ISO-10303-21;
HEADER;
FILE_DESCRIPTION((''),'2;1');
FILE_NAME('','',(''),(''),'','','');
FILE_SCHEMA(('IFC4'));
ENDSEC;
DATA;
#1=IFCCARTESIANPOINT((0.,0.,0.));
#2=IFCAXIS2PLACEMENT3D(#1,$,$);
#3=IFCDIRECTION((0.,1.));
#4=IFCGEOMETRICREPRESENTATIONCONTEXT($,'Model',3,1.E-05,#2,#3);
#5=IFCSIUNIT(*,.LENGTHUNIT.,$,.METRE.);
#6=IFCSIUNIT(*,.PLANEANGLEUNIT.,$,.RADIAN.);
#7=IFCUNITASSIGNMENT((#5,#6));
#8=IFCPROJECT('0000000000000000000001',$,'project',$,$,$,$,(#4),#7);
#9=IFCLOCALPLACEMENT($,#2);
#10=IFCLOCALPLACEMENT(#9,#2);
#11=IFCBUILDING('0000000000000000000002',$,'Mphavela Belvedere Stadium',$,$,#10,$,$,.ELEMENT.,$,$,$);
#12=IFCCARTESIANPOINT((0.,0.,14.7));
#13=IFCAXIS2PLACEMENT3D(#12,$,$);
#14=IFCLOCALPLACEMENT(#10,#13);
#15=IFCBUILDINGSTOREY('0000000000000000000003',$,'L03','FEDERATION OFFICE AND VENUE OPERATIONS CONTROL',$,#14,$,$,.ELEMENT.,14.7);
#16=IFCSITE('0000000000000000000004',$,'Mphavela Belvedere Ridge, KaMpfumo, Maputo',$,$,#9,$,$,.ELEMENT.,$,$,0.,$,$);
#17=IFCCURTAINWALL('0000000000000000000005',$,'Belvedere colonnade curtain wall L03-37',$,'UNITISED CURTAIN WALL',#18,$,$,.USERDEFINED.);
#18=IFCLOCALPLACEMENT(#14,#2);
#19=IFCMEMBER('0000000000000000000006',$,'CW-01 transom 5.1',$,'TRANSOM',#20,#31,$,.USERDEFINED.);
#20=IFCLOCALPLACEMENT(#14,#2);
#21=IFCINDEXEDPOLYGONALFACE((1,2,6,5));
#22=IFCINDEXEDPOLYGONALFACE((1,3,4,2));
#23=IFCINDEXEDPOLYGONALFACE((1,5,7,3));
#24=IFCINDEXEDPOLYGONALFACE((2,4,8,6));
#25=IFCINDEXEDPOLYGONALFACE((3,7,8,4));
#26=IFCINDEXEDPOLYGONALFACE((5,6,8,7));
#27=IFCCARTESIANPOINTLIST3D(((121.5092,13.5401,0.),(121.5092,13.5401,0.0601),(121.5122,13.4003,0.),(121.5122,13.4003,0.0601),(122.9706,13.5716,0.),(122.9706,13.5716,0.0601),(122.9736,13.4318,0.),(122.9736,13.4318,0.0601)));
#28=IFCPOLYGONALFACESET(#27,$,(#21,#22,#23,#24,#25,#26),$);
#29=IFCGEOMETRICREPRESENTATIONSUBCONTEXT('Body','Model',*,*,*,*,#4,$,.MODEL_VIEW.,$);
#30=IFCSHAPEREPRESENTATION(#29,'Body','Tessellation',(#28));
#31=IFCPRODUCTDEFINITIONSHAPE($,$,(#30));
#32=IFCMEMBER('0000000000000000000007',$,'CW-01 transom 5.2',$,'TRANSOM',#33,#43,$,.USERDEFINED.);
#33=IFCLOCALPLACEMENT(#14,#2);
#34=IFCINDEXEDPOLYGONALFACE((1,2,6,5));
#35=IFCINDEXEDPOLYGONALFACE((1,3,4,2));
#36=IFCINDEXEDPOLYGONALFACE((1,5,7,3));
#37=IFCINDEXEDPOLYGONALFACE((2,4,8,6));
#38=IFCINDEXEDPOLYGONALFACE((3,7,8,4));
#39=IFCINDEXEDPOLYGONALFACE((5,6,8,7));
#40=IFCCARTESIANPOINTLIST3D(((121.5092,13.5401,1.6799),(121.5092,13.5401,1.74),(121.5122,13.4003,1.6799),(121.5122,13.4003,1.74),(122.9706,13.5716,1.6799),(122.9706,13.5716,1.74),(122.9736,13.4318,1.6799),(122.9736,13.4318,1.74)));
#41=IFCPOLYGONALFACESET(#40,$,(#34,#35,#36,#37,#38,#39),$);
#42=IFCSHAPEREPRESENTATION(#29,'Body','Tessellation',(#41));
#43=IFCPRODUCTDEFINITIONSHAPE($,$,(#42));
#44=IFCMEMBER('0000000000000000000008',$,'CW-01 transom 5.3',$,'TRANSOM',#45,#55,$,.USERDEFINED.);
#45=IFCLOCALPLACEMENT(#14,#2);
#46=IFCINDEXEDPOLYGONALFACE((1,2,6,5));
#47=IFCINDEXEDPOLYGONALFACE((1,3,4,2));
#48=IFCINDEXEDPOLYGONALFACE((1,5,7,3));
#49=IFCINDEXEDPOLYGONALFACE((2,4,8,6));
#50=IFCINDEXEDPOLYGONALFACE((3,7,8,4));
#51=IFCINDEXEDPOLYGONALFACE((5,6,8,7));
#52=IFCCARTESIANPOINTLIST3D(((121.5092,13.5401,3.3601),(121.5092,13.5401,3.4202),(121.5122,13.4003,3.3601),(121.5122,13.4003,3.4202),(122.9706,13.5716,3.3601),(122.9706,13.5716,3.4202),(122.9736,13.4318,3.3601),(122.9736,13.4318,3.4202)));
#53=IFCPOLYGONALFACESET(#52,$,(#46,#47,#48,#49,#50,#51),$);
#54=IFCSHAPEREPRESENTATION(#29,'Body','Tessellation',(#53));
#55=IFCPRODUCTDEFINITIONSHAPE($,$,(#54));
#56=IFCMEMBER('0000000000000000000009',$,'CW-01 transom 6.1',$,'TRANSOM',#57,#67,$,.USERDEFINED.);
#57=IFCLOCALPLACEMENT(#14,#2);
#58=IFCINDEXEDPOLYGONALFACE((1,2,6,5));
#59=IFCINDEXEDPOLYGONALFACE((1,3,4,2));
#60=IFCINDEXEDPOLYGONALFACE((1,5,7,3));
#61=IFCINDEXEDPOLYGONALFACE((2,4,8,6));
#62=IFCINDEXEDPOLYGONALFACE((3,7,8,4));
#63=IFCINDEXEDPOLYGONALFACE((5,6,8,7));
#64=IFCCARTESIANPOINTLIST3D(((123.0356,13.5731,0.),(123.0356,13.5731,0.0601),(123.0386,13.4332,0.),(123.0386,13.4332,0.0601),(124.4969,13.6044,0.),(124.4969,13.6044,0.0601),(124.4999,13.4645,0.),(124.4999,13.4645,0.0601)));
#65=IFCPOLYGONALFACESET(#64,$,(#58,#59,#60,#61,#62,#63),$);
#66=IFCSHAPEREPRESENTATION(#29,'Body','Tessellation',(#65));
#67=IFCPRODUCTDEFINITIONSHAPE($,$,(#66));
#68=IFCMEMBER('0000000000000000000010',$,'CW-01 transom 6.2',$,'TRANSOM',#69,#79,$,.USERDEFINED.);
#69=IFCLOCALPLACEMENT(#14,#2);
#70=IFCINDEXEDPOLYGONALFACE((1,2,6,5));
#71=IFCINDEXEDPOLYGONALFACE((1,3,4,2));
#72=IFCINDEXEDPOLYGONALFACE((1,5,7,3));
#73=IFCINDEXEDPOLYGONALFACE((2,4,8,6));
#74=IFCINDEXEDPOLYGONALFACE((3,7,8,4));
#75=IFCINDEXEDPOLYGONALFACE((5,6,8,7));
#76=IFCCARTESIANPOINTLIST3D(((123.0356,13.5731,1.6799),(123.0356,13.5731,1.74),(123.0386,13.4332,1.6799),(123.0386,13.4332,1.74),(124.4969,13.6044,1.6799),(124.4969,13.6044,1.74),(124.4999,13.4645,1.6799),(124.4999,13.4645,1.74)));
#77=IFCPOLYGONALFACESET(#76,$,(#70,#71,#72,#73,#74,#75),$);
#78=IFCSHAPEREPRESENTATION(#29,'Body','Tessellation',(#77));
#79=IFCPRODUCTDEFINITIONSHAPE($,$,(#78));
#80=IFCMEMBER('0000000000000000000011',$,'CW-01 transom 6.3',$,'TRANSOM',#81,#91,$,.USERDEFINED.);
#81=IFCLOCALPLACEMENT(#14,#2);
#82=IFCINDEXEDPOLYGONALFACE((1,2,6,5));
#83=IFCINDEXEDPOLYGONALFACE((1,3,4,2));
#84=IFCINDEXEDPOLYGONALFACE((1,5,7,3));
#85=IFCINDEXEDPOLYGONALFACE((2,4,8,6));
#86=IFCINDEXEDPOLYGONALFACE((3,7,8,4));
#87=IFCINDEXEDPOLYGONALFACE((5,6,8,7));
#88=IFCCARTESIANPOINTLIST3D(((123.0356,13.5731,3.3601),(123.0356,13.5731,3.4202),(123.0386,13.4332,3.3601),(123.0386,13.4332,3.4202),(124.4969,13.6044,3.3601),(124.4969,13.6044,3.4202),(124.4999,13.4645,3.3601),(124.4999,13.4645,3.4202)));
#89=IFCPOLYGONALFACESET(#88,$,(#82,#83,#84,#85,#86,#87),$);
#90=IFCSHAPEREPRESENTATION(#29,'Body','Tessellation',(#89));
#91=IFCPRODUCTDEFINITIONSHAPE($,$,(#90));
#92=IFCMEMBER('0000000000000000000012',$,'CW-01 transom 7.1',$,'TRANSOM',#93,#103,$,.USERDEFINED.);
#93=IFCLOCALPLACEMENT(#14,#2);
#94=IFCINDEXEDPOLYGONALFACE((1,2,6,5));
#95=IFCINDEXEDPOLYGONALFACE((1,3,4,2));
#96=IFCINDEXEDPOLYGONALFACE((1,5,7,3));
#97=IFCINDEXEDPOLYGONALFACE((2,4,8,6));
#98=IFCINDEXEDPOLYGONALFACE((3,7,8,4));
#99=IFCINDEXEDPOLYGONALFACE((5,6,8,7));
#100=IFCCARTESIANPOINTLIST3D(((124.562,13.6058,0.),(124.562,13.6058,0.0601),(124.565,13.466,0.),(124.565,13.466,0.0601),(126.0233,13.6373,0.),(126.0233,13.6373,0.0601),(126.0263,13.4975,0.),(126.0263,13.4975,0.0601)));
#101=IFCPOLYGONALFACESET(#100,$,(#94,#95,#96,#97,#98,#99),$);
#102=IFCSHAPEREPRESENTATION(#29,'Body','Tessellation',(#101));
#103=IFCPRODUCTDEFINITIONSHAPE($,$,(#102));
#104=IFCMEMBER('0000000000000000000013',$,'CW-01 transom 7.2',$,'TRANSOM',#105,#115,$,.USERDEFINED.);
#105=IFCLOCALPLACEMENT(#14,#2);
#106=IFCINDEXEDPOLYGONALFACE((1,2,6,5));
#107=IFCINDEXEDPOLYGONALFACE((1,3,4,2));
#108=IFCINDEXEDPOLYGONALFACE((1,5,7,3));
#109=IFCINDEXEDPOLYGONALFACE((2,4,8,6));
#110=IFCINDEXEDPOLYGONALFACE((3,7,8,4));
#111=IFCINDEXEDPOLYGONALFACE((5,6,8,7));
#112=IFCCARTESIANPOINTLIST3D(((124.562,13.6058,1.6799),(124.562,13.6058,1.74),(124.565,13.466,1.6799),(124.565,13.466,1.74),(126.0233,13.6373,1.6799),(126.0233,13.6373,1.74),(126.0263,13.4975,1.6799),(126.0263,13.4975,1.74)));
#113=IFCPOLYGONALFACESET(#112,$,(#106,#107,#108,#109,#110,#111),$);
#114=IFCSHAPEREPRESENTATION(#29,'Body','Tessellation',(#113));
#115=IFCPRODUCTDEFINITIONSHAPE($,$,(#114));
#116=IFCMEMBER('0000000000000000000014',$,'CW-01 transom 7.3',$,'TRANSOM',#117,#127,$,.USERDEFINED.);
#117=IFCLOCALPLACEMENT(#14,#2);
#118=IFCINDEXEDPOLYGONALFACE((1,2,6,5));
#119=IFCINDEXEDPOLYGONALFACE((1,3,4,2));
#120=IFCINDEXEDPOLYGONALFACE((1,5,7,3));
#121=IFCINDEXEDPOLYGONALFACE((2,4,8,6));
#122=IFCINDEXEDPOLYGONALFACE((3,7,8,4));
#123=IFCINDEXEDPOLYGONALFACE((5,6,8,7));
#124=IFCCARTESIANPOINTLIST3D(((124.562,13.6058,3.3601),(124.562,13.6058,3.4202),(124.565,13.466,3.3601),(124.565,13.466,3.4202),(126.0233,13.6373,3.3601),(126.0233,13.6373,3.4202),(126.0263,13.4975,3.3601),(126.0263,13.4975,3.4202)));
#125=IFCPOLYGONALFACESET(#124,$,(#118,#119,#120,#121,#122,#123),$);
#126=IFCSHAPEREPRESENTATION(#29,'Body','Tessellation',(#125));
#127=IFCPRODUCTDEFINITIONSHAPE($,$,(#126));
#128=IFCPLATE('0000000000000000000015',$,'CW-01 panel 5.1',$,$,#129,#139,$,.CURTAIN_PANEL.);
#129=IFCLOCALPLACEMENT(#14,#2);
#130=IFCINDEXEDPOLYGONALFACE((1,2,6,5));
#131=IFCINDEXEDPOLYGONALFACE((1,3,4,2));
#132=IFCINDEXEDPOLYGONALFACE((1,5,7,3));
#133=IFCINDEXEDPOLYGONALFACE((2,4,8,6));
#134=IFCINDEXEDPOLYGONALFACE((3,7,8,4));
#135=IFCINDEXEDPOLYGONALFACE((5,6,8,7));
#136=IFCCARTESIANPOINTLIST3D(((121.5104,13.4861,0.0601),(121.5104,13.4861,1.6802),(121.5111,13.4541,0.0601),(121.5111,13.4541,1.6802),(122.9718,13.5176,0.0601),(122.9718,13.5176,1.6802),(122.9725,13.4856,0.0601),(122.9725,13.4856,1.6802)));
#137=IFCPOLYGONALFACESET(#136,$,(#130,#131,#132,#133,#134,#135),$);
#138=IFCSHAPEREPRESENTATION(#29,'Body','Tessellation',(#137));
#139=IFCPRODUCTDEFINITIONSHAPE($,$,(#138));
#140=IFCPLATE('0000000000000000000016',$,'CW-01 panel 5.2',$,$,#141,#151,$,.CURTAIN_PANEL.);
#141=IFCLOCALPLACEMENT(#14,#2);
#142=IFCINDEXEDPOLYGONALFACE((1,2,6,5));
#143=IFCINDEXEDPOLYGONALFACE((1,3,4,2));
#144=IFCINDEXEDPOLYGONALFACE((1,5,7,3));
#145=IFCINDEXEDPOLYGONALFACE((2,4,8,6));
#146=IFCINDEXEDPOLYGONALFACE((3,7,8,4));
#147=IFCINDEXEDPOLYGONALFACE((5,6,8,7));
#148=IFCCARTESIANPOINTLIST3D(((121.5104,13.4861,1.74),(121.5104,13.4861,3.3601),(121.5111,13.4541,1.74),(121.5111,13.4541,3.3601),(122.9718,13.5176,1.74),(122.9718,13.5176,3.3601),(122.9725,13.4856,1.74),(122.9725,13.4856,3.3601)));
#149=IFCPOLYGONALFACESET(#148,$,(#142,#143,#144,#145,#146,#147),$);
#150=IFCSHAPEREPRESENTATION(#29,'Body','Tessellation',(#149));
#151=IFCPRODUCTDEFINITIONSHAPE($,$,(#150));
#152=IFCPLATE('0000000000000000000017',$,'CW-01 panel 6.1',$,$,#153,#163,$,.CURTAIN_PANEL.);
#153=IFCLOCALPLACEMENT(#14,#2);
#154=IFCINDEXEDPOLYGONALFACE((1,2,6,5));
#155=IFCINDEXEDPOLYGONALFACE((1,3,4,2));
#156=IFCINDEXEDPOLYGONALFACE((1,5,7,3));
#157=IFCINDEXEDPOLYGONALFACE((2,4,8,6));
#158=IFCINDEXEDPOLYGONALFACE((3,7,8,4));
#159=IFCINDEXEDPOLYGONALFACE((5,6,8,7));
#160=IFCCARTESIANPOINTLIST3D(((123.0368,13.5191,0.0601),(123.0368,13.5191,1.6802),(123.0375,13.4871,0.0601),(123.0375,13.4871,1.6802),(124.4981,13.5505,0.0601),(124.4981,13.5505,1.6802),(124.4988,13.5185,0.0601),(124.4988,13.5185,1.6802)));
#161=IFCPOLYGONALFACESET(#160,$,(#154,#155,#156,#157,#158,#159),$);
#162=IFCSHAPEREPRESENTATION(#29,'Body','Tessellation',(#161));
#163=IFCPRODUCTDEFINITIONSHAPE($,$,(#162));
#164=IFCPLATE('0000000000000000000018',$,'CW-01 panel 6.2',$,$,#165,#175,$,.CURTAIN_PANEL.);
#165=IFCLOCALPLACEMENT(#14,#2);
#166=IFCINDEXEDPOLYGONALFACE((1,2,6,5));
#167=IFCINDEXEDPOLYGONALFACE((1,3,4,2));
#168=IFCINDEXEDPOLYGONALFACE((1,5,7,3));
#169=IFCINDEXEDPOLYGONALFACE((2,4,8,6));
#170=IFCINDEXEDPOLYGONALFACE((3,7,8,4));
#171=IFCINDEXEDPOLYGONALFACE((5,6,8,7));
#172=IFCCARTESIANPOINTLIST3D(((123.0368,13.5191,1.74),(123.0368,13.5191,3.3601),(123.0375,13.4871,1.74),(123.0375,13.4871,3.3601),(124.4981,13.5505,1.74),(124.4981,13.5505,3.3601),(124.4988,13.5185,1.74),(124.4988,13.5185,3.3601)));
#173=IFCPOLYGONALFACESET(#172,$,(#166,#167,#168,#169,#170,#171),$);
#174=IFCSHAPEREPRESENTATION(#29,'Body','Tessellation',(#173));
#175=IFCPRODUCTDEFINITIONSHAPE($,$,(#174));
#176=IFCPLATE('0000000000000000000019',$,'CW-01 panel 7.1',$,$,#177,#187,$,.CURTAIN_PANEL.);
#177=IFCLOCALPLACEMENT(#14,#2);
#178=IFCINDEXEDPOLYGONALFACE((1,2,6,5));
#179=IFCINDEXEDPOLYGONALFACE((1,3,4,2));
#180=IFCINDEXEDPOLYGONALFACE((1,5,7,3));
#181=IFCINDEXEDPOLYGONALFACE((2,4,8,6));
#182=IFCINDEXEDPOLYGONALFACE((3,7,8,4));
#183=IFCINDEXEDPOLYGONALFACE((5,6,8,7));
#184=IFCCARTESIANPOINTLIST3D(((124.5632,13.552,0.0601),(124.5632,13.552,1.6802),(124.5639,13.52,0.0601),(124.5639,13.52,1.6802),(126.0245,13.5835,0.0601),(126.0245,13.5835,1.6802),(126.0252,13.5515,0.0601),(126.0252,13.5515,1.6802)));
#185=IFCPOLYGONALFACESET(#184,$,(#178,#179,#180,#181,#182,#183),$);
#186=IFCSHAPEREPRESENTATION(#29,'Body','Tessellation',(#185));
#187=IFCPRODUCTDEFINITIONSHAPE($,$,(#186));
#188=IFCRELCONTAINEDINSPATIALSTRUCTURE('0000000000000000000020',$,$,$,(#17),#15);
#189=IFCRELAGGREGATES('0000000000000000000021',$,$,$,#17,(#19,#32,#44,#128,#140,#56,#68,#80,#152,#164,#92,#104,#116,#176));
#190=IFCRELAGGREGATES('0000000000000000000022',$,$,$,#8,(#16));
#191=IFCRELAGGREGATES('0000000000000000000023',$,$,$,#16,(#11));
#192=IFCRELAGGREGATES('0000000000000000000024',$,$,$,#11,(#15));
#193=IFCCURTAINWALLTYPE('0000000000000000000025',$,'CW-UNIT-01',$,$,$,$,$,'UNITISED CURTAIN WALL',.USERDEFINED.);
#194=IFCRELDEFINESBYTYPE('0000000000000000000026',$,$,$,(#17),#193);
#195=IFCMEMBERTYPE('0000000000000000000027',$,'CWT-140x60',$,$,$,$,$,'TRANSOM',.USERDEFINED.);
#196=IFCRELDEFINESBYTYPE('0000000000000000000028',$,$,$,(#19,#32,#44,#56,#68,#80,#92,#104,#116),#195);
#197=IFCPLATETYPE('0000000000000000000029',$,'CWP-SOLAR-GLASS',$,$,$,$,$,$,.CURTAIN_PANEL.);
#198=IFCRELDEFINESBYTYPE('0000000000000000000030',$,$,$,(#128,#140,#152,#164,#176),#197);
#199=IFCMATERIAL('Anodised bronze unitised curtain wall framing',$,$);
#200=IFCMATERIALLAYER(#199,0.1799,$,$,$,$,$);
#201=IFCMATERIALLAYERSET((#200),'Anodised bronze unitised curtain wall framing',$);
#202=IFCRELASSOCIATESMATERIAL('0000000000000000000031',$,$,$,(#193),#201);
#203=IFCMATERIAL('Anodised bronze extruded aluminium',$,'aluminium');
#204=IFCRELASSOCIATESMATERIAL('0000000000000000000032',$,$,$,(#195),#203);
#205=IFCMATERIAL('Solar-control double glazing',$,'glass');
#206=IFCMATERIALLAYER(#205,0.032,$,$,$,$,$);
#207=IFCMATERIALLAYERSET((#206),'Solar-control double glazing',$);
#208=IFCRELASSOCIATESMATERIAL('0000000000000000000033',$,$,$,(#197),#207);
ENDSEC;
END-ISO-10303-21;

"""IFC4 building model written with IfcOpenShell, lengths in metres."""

from ifc_helpers import new_model, si_unit, direction, frame, origin, origin_2d, place, context, subcontext, project, spatial, rectangle, extrude, material, layer, layer_set, material_profile, profile_set, type_object, element, aggregate, save


model = new_model("IFC4")

# Units and contexts
model_context = context("Model", 3, precision=1e-05, world=origin(), true_north=direction((0.0, 1.0)))
body_context = subcontext(model_context, "Body", "Model", "MODEL_VIEW")
ifc_project = project(units=[si_unit("LENGTHUNIT", "METRE"), si_unit("PLANEANGLEUNIT", "RADIAN")], contexts=[model_context])

# Site, building, storey
site_placement = place(None, origin())
site = spatial("IfcSite", under=ifc_project, at=site_placement, Name="Mphavela Belvedere Ridge, KaMpfumo, Maputo", CompositionType="ELEMENT", RefElevation=0.0)
building_placement = place(site_placement, origin())
building = spatial("IfcBuilding", under=site, at=building_placement, Name="Mphavela Belvedere Stadium", CompositionType="ELEMENT")
storey_placement = place(building_placement, frame((0.0, 0.0, 14.7)))
storey = spatial("IfcBuildingStorey", under=building, at=storey_placement, Name="L03", Description="FEDERATION OFFICE AND VENUE OPERATIONS CONTROL", CompositionType="ELEMENT", Elevation=14.7)

# Curtain wall
ifc_material_1 = material(Name="Anodised bronze unitised curtain wall framing")
ifc_layer_1 = layer(ifc_material_1, 0.1799)
ifc_layer_set_1 = layer_set([ifc_layer_1], Name="Anodised bronze unitised curtain wall framing")
curtain_wall_type_1 = type_object("IfcCurtainWallType", Name="CW-UNIT-01", ElementType="UNITISED CURTAIN WALL", PredefinedType="USERDEFINED", material=ifc_layer_set_1)
curtain_wall_1_placement = place(storey_placement, origin())
curtain_wall_1 = element("IfcCurtainWall", 1, at=curtain_wall_1_placement, inside=storey, type_object=curtain_wall_type_1, Name="Belvedere colonnade curtain wall L03-37", ObjectType="UNITISED CURTAIN WALL", PredefinedType="USERDEFINED")

# Members
ifc_material_2 = material(Name="Anodised bronze extruded aluminium", Category="aluminium")
ifc_material_profile_1 = material_profile(ifc_material_2, rectangle(XDim=0.1399, YDim=0.0601, at=origin_2d()), Name="CW-TRN 140x60")
ifc_profile_set_1 = profile_set([ifc_material_profile_1], Name="Anodised bronze extruded aluminium")
member_type_1 = type_object("IfcMemberType", Name="CWT-140x60", ElementType="TRANSOM", PredefinedType="USERDEFINED", material=ifc_profile_set_1)
member_1_placement = place(storey_placement, frame((121.5107, 13.4702, 0.03), z_axis=(0.999768, 0.021545, 0.0), x_axis=(-0.021545, 0.999768, 0.0)))
member_1 = element("IfcMember", 2, at=member_1_placement, type_object=member_type_1, Name="CW-01 transom 5.1", ObjectType="TRANSOM", PredefinedType="USERDEFINED", context=body_context, shape_type="SweptSolid", body=[
    extrude(rectangle(XDim=0.1399, YDim=0.0601, at=origin_2d()), origin(), (0.0, 0.0, 1.0), 1.4617),
])
member_2_placement = place(storey_placement, frame((121.5107, 13.4702, 1.71), z_axis=(0.999768, 0.021545, 0.0), x_axis=(-0.021545, 0.999768, 0.0)))
member_2 = element("IfcMember", 3, at=member_2_placement, type_object=member_type_1, Name="CW-01 transom 5.2", ObjectType="TRANSOM", PredefinedType="USERDEFINED", context=body_context, shape_type="SweptSolid", body=[
    extrude(rectangle(XDim=0.1399, YDim=0.0601, at=origin_2d()), origin(), (0.0, 0.0, 1.0), 1.4617),
])
member_3_placement = place(storey_placement, frame((121.5107, 13.4702, 3.3901), z_axis=(0.999768, 0.021545, 0.0), x_axis=(-0.021545, 0.999768, 0.0)))
member_3 = element("IfcMember", 4, at=member_3_placement, type_object=member_type_1, Name="CW-01 transom 5.3", ObjectType="TRANSOM", PredefinedType="USERDEFINED", context=body_context, shape_type="SweptSolid", body=[
    extrude(rectangle(XDim=0.1399, YDim=0.0601, at=origin_2d()), origin(), (0.0, 0.0, 1.0), 1.4617),
])
member_4_placement = place(storey_placement, frame((123.0371, 13.5032, 0.03), z_axis=(0.999771, 0.021378, 0.0), x_axis=(-0.021378, 0.999771, 0.0)))
member_4 = element("IfcMember", 5, at=member_4_placement, type_object=member_type_1, Name="CW-01 transom 6.1", ObjectType="TRANSOM", PredefinedType="USERDEFINED", context=body_context, shape_type="SweptSolid", body=[
    extrude(rectangle(XDim=0.1399, YDim=0.0601, at=origin_2d()), origin(), (0.0, 0.0, 1.0), 1.4617),
])
member_5_placement = place(storey_placement, frame((123.0371, 13.5032, 1.71), z_axis=(0.999771, 0.021378, 0.0), x_axis=(-0.021378, 0.999771, 0.0)))
member_5 = element("IfcMember", 6, at=member_5_placement, type_object=member_type_1, Name="CW-01 transom 6.2", ObjectType="TRANSOM", PredefinedType="USERDEFINED", context=body_context, shape_type="SweptSolid", body=[
    extrude(rectangle(XDim=0.1399, YDim=0.0601, at=origin_2d()), origin(), (0.0, 0.0, 1.0), 1.4617),
])
member_6_placement = place(storey_placement, frame((123.0371, 13.5032, 3.3901), z_axis=(0.999771, 0.021378, 0.0), x_axis=(-0.021378, 0.999771, 0.0)))
member_6 = element("IfcMember", 7, at=member_6_placement, type_object=member_type_1, Name="CW-01 transom 6.3", ObjectType="TRANSOM", PredefinedType="USERDEFINED", context=body_context, shape_type="SweptSolid", body=[
    extrude(rectangle(XDim=0.1399, YDim=0.0601, at=origin_2d()), origin(), (0.0, 0.0, 1.0), 1.4617),
])
member_7_placement = place(storey_placement, frame((124.5635, 13.5359, 0.03), z_axis=(0.999768, 0.021545, 0.0), x_axis=(-0.021545, 0.999768, 0.0)))
member_7 = element("IfcMember", 8, at=member_7_placement, type_object=member_type_1, Name="CW-01 transom 7.1", ObjectType="TRANSOM", PredefinedType="USERDEFINED", context=body_context, shape_type="SweptSolid", body=[
    extrude(rectangle(XDim=0.1399, YDim=0.0601, at=origin_2d()), origin(), (0.0, 0.0, 1.0), 1.4617),
])
member_8_placement = place(storey_placement, frame((124.5635, 13.5359, 1.71), z_axis=(0.999768, 0.021545, 0.0), x_axis=(-0.021545, 0.999768, 0.0)))
member_8 = element("IfcMember", 9, at=member_8_placement, type_object=member_type_1, Name="CW-01 transom 7.2", ObjectType="TRANSOM", PredefinedType="USERDEFINED", context=body_context, shape_type="SweptSolid", body=[
    extrude(rectangle(XDim=0.1399, YDim=0.0601, at=origin_2d()), origin(), (0.0, 0.0, 1.0), 1.4617),
])
member_9_placement = place(storey_placement, frame((124.5635, 13.5359, 3.3901), z_axis=(0.999768, 0.021545, 0.0), x_axis=(-0.021545, 0.999768, 0.0)))
member_9 = element("IfcMember", 10, at=member_9_placement, type_object=member_type_1, Name="CW-01 transom 7.3", ObjectType="TRANSOM", PredefinedType="USERDEFINED", context=body_context, shape_type="SweptSolid", body=[
    extrude(rectangle(XDim=0.1399, YDim=0.0601, at=origin_2d()), origin(), (0.0, 0.0, 1.0), 1.4617),
])

# Plates
ifc_material_3 = material(Name="Solar-control double glazing", Category="glass")
ifc_layer_2 = layer(ifc_material_3, 0.032)
ifc_layer_set_2 = layer_set([ifc_layer_2], Name="Solar-control double glazing")
plate_type = type_object("IfcPlateType", Name="CWP-SOLAR-GLASS", PredefinedType="CURTAIN_PANEL", material=ifc_layer_set_2)
plate_1_placement = place(storey_placement, frame((122.2415, 13.4858, 0.0601), z_axis=(0.0, 0.0, 1.0), x_axis=(0.999768, 0.021531, 0.0)))
plate_1 = element("IfcPlate", 11, at=plate_1_placement, type_object=plate_type, Name="CW-01 panel 5.1", PredefinedType="CURTAIN_PANEL", context=body_context, shape_type="SweptSolid", body=[
    extrude(rectangle(XDim=1.4617, YDim=0.032, at=origin_2d()), origin(), (0.0, 0.0, 1.0), 1.6201),
])
plate_2_placement = place(storey_placement, frame((122.2415, 13.4858, 1.74), z_axis=(0.0, 0.0, 1.0), x_axis=(0.999768, 0.021531, 0.0)))
plate_2 = element("IfcPlate", 12, at=plate_2_placement, type_object=plate_type, Name="CW-01 panel 5.2", PredefinedType="CURTAIN_PANEL", context=body_context, shape_type="SweptSolid", body=[
    extrude(rectangle(XDim=1.4617, YDim=0.032, at=origin_2d()), origin(), (0.0, 0.0, 1.0), 1.6201),
])
plate_3_placement = place(storey_placement, frame((123.7678, 13.5188, 0.0601), z_axis=(0.0, 0.0, 1.0), x_axis=(0.999768, 0.021531, 0.0)))
plate_3 = element("IfcPlate", 13, at=plate_3_placement, type_object=plate_type, Name="CW-01 panel 6.1", PredefinedType="CURTAIN_PANEL", context=body_context, shape_type="SweptSolid", body=[
    extrude(rectangle(XDim=1.4617, YDim=0.032, at=origin_2d()), origin(), (0.0, 0.0, 1.0), 1.6201),
])
plate_4_placement = place(storey_placement, frame((123.7678, 13.5188, 1.74), z_axis=(0.0, 0.0, 1.0), x_axis=(0.999768, 0.021531, 0.0)))
plate_4 = element("IfcPlate", 14, at=plate_4_placement, type_object=plate_type, Name="CW-01 panel 6.2", PredefinedType="CURTAIN_PANEL", context=body_context, shape_type="SweptSolid", body=[
    extrude(rectangle(XDim=1.4617, YDim=0.032, at=origin_2d()), origin(), (0.0, 0.0, 1.0), 1.6201),
])
plate_5_placement = place(storey_placement, frame((125.2942, 13.5518, 0.0601), z_axis=(0.0, 0.0, 1.0), x_axis=(0.999768, 0.021531, 0.0)))
plate_5 = element("IfcPlate", 15, at=plate_5_placement, type_object=plate_type, Name="CW-01 panel 7.1", PredefinedType="CURTAIN_PANEL", context=body_context, shape_type="SweptSolid", body=[
    extrude(rectangle(XDim=1.4617, YDim=0.032, at=origin_2d()), origin(), (0.0, 0.0, 1.0), 1.6201),
])
aggregate(curtain_wall_1, [member_1, member_2, member_3, plate_1, plate_2, member_4, member_5, member_6, plate_3, plate_4, member_7, member_8, member_9, plate_5])

save(model, "model.ifc")
